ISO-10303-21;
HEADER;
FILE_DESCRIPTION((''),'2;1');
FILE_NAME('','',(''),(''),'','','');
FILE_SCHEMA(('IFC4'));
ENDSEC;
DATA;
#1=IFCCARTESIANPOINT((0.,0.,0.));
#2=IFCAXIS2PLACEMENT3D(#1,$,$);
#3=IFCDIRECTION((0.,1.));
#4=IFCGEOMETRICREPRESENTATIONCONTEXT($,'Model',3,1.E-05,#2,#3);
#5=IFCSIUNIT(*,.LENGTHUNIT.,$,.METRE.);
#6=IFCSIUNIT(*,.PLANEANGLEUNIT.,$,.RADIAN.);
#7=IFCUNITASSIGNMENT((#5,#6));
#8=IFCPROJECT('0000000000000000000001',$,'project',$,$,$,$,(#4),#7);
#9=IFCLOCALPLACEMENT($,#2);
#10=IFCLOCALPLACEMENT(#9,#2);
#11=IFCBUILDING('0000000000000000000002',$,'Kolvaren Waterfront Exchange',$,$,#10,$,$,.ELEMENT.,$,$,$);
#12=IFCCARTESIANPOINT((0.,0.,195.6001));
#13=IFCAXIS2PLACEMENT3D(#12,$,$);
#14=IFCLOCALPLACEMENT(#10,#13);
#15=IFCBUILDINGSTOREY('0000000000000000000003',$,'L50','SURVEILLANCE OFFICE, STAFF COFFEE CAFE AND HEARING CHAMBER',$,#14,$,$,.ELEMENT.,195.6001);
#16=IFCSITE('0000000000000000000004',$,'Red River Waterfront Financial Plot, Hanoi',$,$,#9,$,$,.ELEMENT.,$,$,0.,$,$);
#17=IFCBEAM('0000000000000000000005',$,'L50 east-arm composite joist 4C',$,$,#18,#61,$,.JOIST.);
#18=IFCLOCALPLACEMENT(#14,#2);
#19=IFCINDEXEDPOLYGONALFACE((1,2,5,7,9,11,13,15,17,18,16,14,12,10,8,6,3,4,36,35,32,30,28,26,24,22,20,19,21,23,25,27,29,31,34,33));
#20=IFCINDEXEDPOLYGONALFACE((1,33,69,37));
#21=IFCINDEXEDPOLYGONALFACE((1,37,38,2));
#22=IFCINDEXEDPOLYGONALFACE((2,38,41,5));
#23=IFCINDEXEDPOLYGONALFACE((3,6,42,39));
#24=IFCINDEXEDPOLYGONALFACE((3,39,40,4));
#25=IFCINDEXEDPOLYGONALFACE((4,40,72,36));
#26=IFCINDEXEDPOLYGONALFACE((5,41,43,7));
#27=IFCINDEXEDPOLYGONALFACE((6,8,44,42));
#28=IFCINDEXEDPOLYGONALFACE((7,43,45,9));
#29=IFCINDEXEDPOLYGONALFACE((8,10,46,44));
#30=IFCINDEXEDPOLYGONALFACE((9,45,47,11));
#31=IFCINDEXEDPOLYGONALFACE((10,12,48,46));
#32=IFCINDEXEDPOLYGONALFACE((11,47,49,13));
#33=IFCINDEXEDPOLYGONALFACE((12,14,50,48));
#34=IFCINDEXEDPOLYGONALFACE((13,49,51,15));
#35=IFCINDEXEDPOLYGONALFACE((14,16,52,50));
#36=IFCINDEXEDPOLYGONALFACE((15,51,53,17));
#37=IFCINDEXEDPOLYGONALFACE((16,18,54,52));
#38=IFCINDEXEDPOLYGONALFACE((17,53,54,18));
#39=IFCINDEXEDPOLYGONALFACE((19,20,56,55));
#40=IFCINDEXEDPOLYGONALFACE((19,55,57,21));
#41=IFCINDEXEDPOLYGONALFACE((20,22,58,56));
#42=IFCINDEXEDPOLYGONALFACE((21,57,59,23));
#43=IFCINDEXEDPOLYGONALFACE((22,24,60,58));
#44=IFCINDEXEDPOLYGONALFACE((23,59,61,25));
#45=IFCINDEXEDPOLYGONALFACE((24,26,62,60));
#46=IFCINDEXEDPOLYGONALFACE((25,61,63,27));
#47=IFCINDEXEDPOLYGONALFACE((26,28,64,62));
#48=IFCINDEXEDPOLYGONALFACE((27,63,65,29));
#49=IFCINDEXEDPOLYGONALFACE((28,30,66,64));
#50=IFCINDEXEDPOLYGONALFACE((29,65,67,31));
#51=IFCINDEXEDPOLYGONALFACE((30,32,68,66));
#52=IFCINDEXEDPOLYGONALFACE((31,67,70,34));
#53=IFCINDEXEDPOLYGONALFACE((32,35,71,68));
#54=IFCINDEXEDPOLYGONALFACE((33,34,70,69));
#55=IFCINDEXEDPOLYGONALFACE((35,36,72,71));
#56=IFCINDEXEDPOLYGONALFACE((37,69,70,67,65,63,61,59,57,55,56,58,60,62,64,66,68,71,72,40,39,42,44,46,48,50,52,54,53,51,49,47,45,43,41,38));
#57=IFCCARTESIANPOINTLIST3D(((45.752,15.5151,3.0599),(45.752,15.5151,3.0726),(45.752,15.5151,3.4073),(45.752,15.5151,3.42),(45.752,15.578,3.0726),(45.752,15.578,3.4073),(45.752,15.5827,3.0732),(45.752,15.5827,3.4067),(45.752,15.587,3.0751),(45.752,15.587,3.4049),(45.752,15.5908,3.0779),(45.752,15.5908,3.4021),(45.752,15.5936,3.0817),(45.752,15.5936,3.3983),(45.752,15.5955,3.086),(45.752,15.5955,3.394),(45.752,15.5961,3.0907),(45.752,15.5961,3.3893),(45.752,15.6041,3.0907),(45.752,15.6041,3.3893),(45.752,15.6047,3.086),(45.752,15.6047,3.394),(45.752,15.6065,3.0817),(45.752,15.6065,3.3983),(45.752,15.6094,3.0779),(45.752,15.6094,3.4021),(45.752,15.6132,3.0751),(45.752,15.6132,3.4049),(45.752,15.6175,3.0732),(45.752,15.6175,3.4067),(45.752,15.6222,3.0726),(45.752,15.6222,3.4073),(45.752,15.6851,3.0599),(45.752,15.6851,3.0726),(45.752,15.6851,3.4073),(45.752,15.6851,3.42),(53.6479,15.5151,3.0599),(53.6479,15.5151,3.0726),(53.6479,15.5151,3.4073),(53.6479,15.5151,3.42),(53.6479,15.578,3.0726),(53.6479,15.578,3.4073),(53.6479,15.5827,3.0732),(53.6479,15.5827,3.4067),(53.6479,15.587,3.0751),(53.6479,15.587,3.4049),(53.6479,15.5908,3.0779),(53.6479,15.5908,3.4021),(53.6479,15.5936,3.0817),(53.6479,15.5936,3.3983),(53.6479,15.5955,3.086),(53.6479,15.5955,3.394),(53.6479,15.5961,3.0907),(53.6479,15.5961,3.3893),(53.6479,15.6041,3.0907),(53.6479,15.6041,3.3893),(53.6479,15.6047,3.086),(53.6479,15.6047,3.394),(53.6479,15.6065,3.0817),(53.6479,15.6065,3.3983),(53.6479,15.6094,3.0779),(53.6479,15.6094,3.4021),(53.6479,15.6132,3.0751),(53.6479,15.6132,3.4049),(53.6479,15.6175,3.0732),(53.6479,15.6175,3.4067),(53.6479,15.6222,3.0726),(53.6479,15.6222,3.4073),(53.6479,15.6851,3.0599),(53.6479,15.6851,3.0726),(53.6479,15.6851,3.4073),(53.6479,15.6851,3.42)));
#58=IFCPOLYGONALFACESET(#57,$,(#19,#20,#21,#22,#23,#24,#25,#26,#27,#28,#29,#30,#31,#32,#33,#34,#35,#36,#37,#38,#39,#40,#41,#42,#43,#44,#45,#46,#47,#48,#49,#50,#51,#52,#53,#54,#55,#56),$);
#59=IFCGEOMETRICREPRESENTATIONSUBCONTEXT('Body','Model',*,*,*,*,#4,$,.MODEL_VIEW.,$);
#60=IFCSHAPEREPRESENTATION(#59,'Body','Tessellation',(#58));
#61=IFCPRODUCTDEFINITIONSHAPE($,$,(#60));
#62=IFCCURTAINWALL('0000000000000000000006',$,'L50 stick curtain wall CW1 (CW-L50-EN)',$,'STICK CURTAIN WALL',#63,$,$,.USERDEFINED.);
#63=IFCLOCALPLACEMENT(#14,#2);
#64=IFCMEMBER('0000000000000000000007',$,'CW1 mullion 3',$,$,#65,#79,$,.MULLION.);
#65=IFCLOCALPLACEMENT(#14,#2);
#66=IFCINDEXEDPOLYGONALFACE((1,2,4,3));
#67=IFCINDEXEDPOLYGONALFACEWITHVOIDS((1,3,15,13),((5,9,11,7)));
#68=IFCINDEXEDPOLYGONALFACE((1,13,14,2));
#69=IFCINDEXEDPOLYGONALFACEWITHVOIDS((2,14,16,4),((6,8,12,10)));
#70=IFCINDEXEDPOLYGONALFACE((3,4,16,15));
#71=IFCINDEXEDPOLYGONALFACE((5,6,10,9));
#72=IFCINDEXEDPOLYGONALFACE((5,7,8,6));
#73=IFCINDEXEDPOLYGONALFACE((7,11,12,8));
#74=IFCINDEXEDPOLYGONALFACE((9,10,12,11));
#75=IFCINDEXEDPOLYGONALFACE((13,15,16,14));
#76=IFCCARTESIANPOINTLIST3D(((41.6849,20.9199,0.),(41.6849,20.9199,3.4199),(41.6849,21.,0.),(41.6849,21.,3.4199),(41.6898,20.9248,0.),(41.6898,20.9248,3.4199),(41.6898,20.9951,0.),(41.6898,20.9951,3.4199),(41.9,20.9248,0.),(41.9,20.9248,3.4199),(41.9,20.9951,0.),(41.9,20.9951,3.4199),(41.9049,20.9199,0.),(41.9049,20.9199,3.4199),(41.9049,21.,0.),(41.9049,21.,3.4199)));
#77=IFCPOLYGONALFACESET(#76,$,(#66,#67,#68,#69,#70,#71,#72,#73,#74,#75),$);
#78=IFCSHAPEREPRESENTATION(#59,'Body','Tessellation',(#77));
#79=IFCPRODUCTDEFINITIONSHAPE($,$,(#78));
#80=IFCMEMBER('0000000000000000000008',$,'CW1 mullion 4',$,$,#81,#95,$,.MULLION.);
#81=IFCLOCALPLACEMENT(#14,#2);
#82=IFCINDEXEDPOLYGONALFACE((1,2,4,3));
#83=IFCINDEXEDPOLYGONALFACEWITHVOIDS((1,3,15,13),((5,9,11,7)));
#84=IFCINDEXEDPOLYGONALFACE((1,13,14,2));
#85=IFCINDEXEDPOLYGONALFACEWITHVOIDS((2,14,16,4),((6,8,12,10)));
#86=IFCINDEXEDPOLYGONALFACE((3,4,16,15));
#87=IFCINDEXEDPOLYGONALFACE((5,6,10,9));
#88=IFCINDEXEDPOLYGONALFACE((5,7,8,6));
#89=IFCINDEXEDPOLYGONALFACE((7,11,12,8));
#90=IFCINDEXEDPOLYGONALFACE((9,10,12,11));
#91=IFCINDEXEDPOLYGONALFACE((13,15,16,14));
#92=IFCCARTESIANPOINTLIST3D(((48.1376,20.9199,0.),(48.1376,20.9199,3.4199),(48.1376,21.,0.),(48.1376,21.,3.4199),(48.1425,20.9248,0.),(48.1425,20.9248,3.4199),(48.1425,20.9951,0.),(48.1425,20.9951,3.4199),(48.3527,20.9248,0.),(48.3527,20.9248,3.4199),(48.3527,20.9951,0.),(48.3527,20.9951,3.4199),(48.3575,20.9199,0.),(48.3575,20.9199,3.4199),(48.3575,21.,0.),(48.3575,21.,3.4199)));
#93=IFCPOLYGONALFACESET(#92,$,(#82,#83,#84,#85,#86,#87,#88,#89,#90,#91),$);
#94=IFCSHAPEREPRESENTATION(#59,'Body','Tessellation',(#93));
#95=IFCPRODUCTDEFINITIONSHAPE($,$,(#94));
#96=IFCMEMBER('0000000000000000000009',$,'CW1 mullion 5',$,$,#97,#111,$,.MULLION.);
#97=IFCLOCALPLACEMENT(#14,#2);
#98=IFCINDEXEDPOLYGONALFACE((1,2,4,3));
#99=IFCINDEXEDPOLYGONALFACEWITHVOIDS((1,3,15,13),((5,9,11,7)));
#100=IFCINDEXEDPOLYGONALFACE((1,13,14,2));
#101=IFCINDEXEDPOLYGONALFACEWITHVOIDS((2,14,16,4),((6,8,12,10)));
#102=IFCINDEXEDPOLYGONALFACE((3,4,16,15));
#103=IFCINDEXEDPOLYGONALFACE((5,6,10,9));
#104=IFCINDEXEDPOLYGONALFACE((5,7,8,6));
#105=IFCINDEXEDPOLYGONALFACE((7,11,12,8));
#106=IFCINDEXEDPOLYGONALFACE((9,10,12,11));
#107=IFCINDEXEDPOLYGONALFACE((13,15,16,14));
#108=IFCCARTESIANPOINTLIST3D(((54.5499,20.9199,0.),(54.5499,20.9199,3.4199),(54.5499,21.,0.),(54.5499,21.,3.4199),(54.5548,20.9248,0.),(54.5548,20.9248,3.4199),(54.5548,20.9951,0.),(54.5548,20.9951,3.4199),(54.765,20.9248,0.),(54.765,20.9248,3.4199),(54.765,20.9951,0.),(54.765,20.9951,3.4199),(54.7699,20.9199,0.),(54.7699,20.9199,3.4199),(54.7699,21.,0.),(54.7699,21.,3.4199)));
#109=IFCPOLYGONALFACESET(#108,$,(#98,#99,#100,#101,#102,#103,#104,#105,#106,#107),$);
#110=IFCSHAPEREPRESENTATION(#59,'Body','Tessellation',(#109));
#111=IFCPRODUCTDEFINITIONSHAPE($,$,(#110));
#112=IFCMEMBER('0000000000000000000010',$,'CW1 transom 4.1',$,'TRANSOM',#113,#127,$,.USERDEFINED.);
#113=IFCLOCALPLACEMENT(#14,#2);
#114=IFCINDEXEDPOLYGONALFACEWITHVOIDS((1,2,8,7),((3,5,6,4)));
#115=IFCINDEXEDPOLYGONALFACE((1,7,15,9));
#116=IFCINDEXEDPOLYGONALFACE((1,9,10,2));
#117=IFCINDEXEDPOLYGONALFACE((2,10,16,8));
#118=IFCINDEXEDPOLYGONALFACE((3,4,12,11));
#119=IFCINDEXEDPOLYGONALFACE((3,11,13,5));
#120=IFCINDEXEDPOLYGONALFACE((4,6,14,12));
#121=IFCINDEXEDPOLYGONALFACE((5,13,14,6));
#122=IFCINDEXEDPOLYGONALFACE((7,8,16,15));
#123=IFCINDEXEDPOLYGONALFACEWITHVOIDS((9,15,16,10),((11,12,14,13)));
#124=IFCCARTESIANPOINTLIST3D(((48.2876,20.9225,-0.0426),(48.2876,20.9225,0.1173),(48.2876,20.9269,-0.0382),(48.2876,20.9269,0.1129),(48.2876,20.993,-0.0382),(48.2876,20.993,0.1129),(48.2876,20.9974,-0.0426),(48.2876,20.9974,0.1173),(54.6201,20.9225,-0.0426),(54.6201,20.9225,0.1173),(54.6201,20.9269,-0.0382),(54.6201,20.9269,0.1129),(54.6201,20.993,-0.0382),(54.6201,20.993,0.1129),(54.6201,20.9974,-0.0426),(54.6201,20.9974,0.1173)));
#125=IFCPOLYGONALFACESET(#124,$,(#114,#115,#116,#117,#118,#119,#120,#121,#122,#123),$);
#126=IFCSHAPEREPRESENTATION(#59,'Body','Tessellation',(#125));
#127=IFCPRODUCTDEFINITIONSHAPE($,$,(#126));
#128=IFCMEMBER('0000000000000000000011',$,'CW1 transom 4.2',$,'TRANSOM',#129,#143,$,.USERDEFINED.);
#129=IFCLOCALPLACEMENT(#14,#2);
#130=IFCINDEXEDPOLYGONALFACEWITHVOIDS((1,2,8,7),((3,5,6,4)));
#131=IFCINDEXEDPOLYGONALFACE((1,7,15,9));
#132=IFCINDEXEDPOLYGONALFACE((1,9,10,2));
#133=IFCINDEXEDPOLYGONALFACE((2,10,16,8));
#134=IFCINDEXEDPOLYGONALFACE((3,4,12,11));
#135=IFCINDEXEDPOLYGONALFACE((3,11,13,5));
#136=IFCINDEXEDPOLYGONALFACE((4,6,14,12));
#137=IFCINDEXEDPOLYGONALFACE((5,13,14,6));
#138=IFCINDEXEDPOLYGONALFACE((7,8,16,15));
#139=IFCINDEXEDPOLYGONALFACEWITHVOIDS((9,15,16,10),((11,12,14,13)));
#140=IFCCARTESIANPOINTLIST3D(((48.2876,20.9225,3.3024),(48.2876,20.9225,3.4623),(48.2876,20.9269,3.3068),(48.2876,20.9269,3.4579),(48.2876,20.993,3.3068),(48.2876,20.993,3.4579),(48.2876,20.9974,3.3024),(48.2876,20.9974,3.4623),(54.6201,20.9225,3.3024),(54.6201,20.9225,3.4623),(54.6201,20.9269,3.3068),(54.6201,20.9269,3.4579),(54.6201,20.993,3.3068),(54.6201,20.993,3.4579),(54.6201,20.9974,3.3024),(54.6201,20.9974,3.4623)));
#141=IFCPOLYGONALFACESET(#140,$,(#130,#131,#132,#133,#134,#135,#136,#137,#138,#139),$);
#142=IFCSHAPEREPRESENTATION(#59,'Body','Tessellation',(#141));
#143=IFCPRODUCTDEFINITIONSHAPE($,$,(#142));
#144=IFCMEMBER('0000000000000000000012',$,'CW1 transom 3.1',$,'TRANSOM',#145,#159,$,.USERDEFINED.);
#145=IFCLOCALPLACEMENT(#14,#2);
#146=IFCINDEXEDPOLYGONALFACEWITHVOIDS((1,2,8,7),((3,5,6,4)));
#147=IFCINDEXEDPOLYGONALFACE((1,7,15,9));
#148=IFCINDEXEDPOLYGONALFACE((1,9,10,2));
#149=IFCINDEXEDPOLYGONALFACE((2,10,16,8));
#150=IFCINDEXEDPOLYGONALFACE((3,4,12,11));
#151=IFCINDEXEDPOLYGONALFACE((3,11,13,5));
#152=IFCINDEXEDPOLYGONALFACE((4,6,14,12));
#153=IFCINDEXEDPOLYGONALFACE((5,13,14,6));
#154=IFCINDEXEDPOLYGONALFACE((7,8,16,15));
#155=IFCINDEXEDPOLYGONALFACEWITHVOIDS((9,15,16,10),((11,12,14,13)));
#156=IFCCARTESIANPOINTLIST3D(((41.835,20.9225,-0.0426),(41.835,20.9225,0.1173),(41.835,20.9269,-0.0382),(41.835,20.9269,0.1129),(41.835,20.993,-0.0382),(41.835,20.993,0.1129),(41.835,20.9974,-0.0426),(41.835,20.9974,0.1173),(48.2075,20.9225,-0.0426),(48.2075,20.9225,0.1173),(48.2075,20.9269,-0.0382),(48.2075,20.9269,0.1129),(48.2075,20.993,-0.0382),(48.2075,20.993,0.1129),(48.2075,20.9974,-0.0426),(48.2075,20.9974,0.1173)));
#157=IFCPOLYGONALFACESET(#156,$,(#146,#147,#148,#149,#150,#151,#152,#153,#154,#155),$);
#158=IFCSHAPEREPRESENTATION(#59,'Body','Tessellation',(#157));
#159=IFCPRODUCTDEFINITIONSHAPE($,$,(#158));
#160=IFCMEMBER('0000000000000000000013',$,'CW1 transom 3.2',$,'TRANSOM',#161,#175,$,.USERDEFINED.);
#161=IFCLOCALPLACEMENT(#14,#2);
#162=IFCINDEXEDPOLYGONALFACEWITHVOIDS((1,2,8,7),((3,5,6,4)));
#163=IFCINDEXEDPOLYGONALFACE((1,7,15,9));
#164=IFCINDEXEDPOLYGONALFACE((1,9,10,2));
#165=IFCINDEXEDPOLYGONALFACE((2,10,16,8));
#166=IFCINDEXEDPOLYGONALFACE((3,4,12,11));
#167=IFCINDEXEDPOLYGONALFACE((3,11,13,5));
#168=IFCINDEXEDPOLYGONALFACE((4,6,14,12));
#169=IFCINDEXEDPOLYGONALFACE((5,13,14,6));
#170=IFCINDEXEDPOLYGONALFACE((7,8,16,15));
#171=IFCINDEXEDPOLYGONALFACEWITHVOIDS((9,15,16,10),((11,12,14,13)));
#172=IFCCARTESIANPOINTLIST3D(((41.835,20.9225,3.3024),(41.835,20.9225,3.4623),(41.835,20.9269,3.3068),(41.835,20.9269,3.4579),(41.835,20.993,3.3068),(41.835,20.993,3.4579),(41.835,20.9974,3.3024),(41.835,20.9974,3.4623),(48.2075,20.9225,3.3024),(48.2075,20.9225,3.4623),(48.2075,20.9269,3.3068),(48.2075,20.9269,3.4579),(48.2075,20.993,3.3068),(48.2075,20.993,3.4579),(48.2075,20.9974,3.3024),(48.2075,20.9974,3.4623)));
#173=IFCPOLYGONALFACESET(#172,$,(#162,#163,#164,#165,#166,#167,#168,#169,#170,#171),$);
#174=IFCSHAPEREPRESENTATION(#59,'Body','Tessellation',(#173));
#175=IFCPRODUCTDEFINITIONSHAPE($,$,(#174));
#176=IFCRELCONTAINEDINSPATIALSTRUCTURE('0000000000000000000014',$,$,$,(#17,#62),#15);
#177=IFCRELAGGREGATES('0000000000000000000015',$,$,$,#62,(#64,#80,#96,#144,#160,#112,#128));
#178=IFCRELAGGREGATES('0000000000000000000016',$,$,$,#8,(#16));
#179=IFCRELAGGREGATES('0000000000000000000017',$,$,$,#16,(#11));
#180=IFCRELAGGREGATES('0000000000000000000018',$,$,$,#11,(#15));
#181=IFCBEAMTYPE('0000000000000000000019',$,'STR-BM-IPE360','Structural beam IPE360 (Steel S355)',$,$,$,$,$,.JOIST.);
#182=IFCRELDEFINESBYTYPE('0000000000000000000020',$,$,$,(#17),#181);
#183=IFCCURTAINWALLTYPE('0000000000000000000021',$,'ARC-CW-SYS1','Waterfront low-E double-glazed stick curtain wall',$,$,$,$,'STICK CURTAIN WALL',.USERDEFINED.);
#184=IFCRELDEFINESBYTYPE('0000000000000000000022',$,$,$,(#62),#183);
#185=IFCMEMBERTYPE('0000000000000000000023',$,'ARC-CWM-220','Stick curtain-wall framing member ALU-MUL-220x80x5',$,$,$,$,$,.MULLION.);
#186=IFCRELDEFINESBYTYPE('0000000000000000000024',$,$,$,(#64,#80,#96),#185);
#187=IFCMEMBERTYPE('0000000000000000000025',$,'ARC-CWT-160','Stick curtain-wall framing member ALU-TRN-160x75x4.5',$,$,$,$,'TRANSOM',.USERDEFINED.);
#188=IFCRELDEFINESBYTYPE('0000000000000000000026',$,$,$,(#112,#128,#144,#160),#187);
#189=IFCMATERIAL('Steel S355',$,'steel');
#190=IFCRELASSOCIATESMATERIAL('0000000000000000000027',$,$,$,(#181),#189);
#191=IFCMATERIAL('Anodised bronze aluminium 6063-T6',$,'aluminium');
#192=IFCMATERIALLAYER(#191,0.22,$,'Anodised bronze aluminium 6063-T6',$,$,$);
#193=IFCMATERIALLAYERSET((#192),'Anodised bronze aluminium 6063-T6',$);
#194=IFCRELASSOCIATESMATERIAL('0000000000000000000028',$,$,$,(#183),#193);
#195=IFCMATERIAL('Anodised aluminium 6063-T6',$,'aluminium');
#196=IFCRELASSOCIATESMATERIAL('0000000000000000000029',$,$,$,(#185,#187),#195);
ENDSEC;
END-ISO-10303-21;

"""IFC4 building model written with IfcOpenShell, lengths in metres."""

from ifc_helpers import new_model, si_unit, direction, frame, origin, origin_with_axes, origin_2d, place, context, subcontext, project, spatial, hollow_rectangle, i_section, extrude, source, transform, mapped, material, layer, layer_set, material_profile, profile_set, type_object, element, aggregate, save


model = new_model("IFC4")

# Units and contexts
model_context = context("Model", 3, precision=1e-05, world=origin(), true_north=direction((0.0, 1.0)))
body_context = subcontext(model_context, "Body", "Model", "MODEL_VIEW")
ifc_project = project(units=[si_unit("LENGTHUNIT", "METRE"), si_unit("PLANEANGLEUNIT", "RADIAN")], contexts=[model_context])

# Site, building, storey
site_placement = place(None, origin())
site = spatial("IfcSite", under=ifc_project, at=site_placement, Name="Red River Waterfront Financial Plot, Hanoi", CompositionType="ELEMENT", RefElevation=0.0)
building_placement = place(site_placement, origin())
building = spatial("IfcBuilding", under=site, at=building_placement, Name="Kolvaren Waterfront Exchange", CompositionType="ELEMENT")
storey_placement = place(building_placement, frame((0.0, 0.0, 195.6001)))
storey = spatial("IfcBuildingStorey", under=building, at=storey_placement, Name="L50", Description="SURVEILLANCE OFFICE, STAFF COFFEE CAFE AND HEARING CHAMBER", CompositionType="ELEMENT", Elevation=195.6001)

# Beam
ifc_material_1 = material(Name="Steel S355", Category="steel")
ifc_material_profile_1 = material_profile(ifc_material_1, i_section(OverallWidth=0.1699, OverallDepth=0.3601, WebThickness=0.0081, FlangeThickness=0.0127, FilletRadius=0.0181, at=origin_2d()), Name="IPE360")
ifc_profile_set_1 = profile_set([ifc_material_profile_1], Name="Steel S355")
beam_type_1 = type_object("IfcBeamType", Name="STR-BM-IPE360", Description="Structural beam IPE360 (Steel S355)", PredefinedType="JOIST", material=ifc_profile_set_1)
for number, where, z_axis, x_axis, name in (
    (1, (45.752, 15.6001, 3.24), (1.0, 0.0, 0.0), (0.0, 1.0, 0.0), "L50 east-arm composite joist 4C"),
):
    element("IfcBeam", number, at=place(storey_placement, frame(where, z_axis=z_axis, x_axis=x_axis)), inside=storey, type_object=beam_type_1, Name=name, PredefinedType="JOIST", context=body_context, shape_type="SweptSolid", body=[
        extrude(i_section(OverallWidth=0.1699, OverallDepth=0.3601, WebThickness=0.0081, FlangeThickness=0.0127, FilletRadius=0.0181, at=origin_2d()), origin(), (0.0, 0.0, 1.0), 7.896),
    ])

# Curtain wall, members
ifc_material_2 = material(Name="Anodised bronze aluminium 6063-T6", Category="aluminium")
ifc_layer_1 = layer(ifc_material_2, 0.22, Name="Anodised bronze aluminium 6063-T6")
ifc_layer_set_1 = layer_set([ifc_layer_1], Name="Anodised bronze aluminium 6063-T6")
curtain_wall_type = type_object("IfcCurtainWallType", Name="ARC-CW-SYS1", Description="Waterfront low-E double-glazed stick curtain wall", ElementType="STICK CURTAIN WALL", PredefinedType="USERDEFINED", material=ifc_layer_set_1)
curtain_wall_placement = place(storey_placement, origin())
curtain_wall = element("IfcCurtainWall", 2, at=curtain_wall_placement, inside=storey, type_object=curtain_wall_type, Name="L50 stick curtain wall CW1 (CW-L50-EN)", ObjectType="STICK CURTAIN WALL", PredefinedType="USERDEFINED")
ifc_material_3 = material(Name="Anodised aluminium 6063-T6", Category="aluminium")
ifc_material_profile_2 = material_profile(ifc_material_3, hollow_rectangle(XDim=0.0801, YDim=0.22, WallThickness=0.0049, at=origin_2d()), Name="ALU-MUL-220x80x5")
ifc_profile_set_2 = profile_set([ifc_material_profile_2], Name="Anodised aluminium 6063-T6")
member_type_1 = type_object("IfcMemberType", Name="ARC-CWM-220", Description="Stick curtain-wall framing member ALU-MUL-220x80x5", PredefinedType="MULLION", material=ifc_profile_set_2)
shared_shape_1 = source(origin_with_axes(), body_context, "Body", "SweptSolid", [
    extrude(hollow_rectangle(XDim=0.0801, YDim=0.22, WallThickness=0.0049, at=origin_2d()), origin(), (0.0, 0.0, 1.0), 3.4199),
])
member_1_placement = place(storey_placement, frame((41.7949, 20.96, 0.0), z_axis=(0.0, 0.0, 1.0), x_axis=(0.0, 1.0, 0.0)))
member_1 = element("IfcMember", 3, at=member_1_placement, type_object=member_type_1, Name="CW1 mullion 3", PredefinedType="MULLION", context=body_context, shape_type="MappedRepresentation", body=[
    mapped(shared_shape_1, transform((0.0, 0.0, 0.0), x_axis=(1.0, 0.0, 0.0), y_axis=(0.0, 1.0, 0.0), z_axis=(0.0, 0.0, 1.0), scale=1.0)),
])
member_2_placement = place(storey_placement, frame((48.2476, 20.96, 0.0), z_axis=(0.0, 0.0, 1.0), x_axis=(0.0, 1.0, 0.0)))
member_2 = element("IfcMember", 4, at=member_2_placement, type_object=member_type_1, Name="CW1 mullion 4", PredefinedType="MULLION", context=body_context, shape_type="MappedRepresentation", body=[
    mapped(shared_shape_1, transform((0.0, 0.0, 0.0), x_axis=(1.0, 0.0, 0.0), y_axis=(0.0, 1.0, 0.0), z_axis=(0.0, 0.0, 1.0), scale=1.0)),
])
member_3_placement = place(storey_placement, frame((54.6599, 20.96, 0.0), z_axis=(0.0, 0.0, 1.0), x_axis=(0.0, 1.0, 0.0)))
member_3 = element("IfcMember", 5, at=member_3_placement, type_object=member_type_1, Name="CW1 mullion 5", PredefinedType="MULLION", context=body_context, shape_type="MappedRepresentation", body=[
    mapped(shared_shape_1, transform((0.0, 0.0, 0.0), x_axis=(1.0, 0.0, 0.0), y_axis=(0.0, 1.0, 0.0), z_axis=(0.0, 0.0, 1.0), scale=1.0)),
])
ifc_material_profile_3 = material_profile(ifc_material_3, hollow_rectangle(XDim=0.075, YDim=0.1599, WallThickness=0.0044, at=origin_2d()), Name="ALU-TRN-160x75x4.5")
ifc_profile_set_3 = profile_set([ifc_material_profile_3], Name="Anodised aluminium 6063-T6")
member_type_2 = type_object("IfcMemberType", Name="ARC-CWT-160", Description="Stick curtain-wall framing member ALU-TRN-160x75x4.5", ElementType="TRANSOM", PredefinedType="USERDEFINED", material=ifc_profile_set_3)
shared_shape_2 = source(origin_with_axes(), body_context, "Body", "SweptSolid", [
    extrude(hollow_rectangle(XDim=0.075, YDim=0.1599, WallThickness=0.0044, at=origin_2d()), origin(), (0.0, 0.0, 1.0), 6.3325),
])
member_4_placement = place(storey_placement, frame((48.2876, 20.96, 0.0374), z_axis=(1.0, 0.0, 0.0), x_axis=(0.0, 1.0, 0.0)))
member_4 = element("IfcMember", 6, at=member_4_placement, type_object=member_type_2, Name="CW1 transom 4.1", ObjectType="TRANSOM", PredefinedType="USERDEFINED", context=body_context, shape_type="MappedRepresentation", body=[
    mapped(shared_shape_2, transform((0.0, 0.0, 0.0), x_axis=(1.0, 0.0, 0.0), y_axis=(0.0, 1.0, 0.0), z_axis=(0.0, 0.0, 1.0), scale=1.0)),
])
member_5_placement = place(storey_placement, frame((48.2876, 20.96, 3.3823), z_axis=(1.0, 0.0, 0.0), x_axis=(0.0, 1.0, 0.0)))
member_5 = element("IfcMember", 7, at=member_5_placement, type_object=member_type_2, Name="CW1 transom 4.2", ObjectType="TRANSOM", PredefinedType="USERDEFINED", context=body_context, shape_type="MappedRepresentation", body=[
    mapped(shared_shape_2, transform((0.0, 0.0, 0.0), x_axis=(1.0, 0.0, 0.0), y_axis=(0.0, 1.0, 0.0), z_axis=(0.0, 0.0, 1.0), scale=1.0)),
])
shared_shape_3 = source(origin_with_axes(), body_context, "Body", "SweptSolid", [
    extrude(hollow_rectangle(XDim=0.075, YDim=0.1599, WallThickness=0.0044, at=origin_2d()), origin(), (0.0, 0.0, 1.0), 6.3726),
])
member_6_placement = place(storey_placement, frame((41.835, 20.96, 0.0374), z_axis=(1.0, 0.0, 0.0), x_axis=(0.0, 1.0, 0.0)))
member_6 = element("IfcMember", 8, at=member_6_placement, type_object=member_type_2, Name="CW1 transom 3.1", ObjectType="TRANSOM", PredefinedType="USERDEFINED", context=body_context, shape_type="MappedRepresentation", body=[
    mapped(shared_shape_3, transform((0.0, 0.0, 0.0), x_axis=(1.0, 0.0, 0.0), y_axis=(0.0, 1.0, 0.0), z_axis=(0.0, 0.0, 1.0), scale=1.0)),
])
member_7_placement = place(storey_placement, frame((41.835, 20.96, 3.3823), z_axis=(1.0, 0.0, 0.0), x_axis=(0.0, 1.0, 0.0)))
member_7 = element("IfcMember", 9, at=member_7_placement, type_object=member_type_2, Name="CW1 transom 3.2", ObjectType="TRANSOM", PredefinedType="USERDEFINED", context=body_context, shape_type="MappedRepresentation", body=[
    mapped(shared_shape_3, transform((0.0, 0.0, 0.0), x_axis=(1.0, 0.0, 0.0), y_axis=(0.0, 1.0, 0.0), z_axis=(0.0, 0.0, 1.0), scale=1.0)),
])
aggregate(curtain_wall, [member_1, member_2, member_3, member_6, member_7, member_4, member_5])

save(model, "model.ifc")
